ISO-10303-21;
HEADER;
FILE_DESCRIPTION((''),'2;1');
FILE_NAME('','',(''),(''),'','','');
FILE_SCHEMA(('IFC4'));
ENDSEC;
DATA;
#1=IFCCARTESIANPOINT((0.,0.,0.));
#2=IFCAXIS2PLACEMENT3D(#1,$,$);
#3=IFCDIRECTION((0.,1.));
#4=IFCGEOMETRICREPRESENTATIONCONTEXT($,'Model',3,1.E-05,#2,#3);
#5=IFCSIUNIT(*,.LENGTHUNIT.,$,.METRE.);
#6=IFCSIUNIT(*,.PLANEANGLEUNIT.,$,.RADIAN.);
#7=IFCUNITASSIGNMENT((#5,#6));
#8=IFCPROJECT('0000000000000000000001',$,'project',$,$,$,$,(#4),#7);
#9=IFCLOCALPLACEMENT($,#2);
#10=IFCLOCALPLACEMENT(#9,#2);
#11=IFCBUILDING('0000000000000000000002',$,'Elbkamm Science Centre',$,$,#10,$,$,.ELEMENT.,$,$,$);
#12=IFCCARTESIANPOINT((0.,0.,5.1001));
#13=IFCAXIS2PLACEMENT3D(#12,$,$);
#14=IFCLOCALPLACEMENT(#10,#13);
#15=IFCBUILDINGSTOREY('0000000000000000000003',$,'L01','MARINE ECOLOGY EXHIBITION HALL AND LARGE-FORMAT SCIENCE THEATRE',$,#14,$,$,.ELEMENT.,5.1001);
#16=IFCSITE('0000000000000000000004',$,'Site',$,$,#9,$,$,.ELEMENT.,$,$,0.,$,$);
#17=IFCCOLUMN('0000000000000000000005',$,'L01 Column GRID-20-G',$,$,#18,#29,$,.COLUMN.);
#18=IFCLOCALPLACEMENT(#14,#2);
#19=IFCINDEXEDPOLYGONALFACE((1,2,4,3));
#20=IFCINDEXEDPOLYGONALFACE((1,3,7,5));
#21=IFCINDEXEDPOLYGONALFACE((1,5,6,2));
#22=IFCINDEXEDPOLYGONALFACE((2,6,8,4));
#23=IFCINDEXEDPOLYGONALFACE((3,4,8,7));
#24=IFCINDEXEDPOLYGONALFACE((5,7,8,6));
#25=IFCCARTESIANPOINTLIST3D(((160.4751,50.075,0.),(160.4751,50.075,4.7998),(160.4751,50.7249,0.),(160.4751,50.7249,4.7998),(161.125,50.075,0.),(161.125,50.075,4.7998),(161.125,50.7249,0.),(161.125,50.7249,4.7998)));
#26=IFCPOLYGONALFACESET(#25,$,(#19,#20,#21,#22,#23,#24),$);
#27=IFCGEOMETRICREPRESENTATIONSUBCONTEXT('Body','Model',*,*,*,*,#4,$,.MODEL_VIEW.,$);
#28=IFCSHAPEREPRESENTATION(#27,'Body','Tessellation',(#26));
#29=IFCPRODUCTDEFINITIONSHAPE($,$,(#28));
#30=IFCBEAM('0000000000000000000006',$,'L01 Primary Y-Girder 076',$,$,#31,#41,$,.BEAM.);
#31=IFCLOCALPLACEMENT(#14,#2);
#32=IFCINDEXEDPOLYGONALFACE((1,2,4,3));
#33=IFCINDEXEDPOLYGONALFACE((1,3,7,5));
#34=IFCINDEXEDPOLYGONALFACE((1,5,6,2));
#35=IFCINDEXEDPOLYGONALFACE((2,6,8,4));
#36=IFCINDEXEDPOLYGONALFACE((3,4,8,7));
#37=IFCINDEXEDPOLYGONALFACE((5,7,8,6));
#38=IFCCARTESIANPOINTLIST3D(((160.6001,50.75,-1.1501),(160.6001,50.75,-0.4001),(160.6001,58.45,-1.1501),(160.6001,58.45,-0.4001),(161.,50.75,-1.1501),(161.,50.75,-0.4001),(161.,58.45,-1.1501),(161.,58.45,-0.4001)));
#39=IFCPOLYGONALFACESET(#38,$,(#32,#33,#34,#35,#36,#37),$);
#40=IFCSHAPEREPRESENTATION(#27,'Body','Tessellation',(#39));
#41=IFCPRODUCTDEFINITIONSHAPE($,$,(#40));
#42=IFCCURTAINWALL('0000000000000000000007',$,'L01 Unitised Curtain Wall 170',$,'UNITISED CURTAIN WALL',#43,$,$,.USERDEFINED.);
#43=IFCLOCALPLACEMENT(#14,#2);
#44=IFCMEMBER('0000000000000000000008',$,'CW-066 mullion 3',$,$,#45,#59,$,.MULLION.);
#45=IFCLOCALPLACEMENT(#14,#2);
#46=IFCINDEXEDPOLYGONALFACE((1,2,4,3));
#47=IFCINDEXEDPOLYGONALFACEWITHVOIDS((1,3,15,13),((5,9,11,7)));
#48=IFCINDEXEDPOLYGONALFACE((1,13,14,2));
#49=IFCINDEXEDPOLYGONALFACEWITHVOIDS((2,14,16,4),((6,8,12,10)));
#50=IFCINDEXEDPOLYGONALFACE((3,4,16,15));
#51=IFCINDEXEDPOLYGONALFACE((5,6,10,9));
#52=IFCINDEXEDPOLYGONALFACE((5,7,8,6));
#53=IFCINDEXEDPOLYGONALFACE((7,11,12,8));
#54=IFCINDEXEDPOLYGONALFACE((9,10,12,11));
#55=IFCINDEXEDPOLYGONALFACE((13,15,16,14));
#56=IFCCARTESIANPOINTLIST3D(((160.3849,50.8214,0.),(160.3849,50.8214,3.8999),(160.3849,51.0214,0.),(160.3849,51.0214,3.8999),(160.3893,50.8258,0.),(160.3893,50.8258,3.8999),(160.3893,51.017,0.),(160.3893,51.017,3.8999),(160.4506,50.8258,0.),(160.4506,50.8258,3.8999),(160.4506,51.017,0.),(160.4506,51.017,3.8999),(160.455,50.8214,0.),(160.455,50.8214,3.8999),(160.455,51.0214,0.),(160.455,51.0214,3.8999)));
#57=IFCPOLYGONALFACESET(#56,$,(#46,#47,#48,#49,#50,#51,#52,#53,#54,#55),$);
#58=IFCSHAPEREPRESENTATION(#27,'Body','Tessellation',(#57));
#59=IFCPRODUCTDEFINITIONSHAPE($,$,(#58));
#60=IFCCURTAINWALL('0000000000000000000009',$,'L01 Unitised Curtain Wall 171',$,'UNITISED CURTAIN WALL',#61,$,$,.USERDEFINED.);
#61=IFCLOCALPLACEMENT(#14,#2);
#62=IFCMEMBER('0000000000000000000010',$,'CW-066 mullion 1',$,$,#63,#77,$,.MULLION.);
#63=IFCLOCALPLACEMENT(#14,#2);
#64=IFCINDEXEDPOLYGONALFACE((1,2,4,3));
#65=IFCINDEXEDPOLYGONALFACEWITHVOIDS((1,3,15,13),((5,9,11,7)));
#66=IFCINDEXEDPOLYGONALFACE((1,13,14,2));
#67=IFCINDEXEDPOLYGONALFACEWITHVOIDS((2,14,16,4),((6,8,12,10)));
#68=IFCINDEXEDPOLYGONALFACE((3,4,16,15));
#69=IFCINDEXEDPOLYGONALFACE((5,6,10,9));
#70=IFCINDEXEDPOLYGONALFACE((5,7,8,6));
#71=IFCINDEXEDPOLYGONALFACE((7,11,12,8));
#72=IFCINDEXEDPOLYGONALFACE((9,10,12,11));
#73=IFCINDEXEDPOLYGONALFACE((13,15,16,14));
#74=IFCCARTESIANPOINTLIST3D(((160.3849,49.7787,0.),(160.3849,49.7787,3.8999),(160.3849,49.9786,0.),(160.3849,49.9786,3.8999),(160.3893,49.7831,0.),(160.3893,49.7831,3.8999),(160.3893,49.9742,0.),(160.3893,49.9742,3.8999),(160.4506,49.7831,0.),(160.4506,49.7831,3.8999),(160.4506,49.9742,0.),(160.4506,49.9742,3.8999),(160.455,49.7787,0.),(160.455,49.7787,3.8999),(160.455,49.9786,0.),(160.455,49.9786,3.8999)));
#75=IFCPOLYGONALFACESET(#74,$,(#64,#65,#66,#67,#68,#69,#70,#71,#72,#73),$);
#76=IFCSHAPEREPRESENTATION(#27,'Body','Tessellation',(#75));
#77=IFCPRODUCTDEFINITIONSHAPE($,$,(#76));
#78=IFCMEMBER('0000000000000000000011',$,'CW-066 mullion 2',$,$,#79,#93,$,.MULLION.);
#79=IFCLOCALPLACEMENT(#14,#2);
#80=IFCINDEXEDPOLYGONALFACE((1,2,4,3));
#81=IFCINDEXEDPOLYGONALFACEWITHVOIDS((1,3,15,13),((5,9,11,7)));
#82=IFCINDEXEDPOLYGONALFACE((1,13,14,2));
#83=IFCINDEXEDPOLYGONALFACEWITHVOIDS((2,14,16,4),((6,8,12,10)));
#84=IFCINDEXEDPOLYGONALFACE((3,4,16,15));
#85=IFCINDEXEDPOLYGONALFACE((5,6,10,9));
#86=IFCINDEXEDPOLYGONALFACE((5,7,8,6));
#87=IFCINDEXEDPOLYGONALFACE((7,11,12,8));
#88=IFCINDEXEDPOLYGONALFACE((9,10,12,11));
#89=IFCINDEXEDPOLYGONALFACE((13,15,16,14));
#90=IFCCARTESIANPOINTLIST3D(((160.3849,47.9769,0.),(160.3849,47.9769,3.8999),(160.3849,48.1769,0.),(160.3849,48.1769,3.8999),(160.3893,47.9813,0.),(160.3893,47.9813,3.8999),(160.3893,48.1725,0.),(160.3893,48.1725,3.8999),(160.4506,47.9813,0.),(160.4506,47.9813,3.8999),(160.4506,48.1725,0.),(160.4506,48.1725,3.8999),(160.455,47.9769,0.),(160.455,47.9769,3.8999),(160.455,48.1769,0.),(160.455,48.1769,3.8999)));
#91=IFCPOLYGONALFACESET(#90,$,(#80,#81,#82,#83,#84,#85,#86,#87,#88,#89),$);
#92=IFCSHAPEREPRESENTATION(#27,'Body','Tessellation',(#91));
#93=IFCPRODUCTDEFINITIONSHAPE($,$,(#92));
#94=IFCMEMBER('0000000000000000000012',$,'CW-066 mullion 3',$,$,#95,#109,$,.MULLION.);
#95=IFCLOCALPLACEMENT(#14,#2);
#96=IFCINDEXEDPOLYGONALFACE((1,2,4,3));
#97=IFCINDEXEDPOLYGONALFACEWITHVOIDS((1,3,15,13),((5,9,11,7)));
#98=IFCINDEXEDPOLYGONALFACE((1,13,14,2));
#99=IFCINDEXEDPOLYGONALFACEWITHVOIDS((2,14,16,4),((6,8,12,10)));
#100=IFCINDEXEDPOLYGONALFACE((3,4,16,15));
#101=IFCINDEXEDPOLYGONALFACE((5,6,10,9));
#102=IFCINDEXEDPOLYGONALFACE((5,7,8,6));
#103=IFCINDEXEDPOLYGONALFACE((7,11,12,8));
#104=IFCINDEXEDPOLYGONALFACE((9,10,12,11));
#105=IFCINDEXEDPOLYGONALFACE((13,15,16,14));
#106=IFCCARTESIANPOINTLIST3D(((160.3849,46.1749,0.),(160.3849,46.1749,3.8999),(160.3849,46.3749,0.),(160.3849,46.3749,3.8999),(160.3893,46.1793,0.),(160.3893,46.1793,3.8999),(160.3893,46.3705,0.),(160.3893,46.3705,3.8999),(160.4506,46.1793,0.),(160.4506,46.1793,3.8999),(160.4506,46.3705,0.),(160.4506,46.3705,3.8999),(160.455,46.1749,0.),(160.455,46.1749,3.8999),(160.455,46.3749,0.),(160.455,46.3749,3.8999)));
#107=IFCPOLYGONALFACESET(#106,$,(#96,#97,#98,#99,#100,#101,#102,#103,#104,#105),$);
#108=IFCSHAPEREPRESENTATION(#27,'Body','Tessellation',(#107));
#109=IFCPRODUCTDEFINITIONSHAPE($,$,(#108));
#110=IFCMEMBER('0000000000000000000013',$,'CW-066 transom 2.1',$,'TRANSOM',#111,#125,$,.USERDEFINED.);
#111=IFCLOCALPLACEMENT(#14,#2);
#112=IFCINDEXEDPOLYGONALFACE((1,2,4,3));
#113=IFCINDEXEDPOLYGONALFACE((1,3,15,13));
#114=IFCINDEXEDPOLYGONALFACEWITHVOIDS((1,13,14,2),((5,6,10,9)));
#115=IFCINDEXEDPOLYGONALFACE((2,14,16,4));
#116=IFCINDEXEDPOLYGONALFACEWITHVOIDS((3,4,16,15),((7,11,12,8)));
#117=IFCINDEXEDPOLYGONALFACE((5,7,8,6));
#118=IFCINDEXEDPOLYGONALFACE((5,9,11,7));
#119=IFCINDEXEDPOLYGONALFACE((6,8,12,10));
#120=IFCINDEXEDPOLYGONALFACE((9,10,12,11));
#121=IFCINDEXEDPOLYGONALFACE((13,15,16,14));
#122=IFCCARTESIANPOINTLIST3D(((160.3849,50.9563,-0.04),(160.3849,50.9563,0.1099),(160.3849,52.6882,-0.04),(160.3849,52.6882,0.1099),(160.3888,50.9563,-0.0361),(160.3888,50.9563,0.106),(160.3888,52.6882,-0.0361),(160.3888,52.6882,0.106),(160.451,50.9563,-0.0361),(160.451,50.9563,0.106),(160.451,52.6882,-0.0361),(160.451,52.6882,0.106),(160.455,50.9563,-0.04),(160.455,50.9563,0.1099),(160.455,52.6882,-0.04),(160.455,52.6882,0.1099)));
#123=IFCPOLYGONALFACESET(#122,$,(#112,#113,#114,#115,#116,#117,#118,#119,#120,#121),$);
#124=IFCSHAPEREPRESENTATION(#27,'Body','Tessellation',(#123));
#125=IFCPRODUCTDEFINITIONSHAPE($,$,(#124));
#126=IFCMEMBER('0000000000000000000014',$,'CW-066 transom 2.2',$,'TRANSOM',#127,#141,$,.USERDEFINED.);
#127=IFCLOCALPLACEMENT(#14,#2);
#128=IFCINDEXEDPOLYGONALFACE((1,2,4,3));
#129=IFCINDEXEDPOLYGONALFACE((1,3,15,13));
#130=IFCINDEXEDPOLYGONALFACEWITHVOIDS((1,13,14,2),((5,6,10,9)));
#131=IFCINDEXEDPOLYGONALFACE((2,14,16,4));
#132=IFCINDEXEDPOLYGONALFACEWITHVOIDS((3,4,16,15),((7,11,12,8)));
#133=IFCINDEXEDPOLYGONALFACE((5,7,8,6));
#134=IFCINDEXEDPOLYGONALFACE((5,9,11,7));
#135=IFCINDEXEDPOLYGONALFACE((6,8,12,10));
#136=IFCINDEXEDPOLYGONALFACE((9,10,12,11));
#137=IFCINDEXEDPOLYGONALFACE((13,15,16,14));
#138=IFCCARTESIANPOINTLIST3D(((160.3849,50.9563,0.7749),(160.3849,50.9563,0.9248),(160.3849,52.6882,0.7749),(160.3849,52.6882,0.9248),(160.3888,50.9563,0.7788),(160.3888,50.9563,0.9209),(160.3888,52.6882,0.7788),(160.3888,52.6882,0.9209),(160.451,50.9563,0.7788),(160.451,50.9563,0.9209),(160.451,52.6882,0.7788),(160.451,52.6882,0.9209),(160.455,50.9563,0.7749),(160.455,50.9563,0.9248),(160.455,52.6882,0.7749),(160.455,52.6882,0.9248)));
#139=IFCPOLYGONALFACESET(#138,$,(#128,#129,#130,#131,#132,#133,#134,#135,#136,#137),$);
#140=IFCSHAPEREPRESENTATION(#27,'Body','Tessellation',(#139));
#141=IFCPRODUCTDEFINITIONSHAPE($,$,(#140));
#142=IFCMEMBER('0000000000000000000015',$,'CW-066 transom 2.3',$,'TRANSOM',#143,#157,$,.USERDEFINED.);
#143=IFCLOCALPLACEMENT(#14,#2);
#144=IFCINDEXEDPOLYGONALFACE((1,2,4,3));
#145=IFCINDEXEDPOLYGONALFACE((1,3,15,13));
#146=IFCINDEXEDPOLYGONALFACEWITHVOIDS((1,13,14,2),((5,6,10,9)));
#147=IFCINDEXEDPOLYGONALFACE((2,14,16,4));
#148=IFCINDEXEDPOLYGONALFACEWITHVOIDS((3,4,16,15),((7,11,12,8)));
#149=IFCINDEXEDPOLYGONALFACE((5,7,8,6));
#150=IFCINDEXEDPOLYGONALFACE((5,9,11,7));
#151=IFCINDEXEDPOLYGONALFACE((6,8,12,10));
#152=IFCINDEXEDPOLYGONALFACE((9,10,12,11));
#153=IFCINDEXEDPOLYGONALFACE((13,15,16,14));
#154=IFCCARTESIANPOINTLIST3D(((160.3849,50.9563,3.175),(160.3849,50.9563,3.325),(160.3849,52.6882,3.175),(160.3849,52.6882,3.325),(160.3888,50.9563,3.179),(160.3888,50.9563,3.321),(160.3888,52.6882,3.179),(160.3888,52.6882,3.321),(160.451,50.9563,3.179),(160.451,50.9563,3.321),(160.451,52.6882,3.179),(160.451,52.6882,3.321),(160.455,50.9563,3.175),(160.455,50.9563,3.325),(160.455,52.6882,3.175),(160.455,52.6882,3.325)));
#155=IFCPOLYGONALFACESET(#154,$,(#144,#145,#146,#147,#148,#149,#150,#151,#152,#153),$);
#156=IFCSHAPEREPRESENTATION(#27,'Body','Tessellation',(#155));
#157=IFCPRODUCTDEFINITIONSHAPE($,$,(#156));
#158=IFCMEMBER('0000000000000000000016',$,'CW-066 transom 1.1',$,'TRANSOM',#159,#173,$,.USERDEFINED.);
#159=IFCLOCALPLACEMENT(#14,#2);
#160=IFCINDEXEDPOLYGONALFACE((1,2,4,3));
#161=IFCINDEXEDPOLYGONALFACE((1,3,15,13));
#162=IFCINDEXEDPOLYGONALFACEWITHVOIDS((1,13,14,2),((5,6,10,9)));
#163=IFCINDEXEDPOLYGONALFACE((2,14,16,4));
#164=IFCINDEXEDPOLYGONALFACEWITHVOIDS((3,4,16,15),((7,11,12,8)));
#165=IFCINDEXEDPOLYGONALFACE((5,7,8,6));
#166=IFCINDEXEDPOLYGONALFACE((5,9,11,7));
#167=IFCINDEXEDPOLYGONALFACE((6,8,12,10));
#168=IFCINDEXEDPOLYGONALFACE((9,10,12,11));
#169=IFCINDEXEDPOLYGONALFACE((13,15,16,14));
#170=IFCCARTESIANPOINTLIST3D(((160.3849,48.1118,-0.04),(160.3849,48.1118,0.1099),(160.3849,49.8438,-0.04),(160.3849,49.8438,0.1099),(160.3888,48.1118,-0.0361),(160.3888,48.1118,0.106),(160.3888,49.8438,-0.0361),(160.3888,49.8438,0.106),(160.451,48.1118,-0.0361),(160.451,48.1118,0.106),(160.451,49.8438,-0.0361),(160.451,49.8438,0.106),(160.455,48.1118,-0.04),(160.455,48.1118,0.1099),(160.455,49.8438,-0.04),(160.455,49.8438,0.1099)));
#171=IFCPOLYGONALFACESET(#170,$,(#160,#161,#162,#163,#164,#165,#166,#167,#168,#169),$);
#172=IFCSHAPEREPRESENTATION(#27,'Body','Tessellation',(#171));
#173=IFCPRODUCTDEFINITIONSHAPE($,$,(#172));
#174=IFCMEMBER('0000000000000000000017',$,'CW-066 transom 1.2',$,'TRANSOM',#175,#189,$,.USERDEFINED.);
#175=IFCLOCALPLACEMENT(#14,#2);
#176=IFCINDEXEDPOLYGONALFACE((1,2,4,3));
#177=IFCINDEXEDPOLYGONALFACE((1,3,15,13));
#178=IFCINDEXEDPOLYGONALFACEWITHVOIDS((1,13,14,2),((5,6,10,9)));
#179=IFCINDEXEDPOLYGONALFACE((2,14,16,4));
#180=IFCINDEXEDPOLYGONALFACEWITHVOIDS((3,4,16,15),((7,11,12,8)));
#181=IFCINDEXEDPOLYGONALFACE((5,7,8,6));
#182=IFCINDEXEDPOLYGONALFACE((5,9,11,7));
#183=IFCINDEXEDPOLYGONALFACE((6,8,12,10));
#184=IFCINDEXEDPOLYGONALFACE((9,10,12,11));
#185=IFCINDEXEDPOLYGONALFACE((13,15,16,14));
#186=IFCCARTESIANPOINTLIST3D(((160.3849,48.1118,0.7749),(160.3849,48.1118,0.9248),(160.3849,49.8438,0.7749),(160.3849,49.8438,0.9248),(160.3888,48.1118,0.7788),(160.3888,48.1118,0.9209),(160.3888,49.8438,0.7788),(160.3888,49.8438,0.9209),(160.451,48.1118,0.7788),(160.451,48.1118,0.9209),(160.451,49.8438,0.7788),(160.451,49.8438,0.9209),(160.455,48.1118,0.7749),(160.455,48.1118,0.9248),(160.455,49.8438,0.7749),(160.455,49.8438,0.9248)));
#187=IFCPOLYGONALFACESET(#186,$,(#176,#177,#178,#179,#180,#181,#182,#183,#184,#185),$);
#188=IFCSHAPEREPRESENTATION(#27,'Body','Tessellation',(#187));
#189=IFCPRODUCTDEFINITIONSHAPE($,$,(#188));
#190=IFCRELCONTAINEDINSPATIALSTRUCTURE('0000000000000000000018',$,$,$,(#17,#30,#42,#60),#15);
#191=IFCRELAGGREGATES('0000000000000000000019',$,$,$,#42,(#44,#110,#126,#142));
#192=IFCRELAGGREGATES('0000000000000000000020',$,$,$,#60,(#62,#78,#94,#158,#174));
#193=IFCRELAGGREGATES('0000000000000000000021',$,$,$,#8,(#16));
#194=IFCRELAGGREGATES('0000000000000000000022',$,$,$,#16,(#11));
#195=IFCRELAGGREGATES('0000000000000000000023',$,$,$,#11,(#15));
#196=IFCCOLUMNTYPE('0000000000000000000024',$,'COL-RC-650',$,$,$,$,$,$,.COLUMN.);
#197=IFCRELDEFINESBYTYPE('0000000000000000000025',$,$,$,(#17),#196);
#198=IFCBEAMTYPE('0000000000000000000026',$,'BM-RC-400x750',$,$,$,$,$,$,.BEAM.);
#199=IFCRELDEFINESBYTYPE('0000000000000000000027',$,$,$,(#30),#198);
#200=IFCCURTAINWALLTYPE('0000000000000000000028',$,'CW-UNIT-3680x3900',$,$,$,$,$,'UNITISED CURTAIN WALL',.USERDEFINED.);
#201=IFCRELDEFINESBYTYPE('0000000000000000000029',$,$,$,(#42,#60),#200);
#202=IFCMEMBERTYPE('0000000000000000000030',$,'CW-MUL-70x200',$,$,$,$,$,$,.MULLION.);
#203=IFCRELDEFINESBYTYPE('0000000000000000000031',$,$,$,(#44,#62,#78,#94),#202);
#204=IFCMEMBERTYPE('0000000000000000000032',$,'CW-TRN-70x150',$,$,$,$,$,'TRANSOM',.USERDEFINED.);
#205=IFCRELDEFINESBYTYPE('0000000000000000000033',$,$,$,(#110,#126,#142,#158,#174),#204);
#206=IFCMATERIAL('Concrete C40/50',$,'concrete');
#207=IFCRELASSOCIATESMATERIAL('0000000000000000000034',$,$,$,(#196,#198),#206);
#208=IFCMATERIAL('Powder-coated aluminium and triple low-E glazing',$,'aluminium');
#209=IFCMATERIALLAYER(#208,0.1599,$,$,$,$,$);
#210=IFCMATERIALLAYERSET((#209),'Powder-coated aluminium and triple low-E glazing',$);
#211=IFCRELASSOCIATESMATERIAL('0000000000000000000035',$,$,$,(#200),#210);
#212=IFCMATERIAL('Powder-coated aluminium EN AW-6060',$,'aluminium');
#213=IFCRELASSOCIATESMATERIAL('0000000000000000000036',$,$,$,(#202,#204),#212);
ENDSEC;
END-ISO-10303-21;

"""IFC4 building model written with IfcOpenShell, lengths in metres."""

from ifc_helpers import new_model, si_unit, direction, frame, origin, origin_2d, place, context, subcontext, project, spatial, rectangle, hollow_rectangle, extrude, material, layer, layer_set, material_profile, profile_set, type_object, element, aggregate, save


model = new_model("IFC4")

# Units and contexts
model_context = context("Model", 3, precision=1e-05, world=origin(), true_north=direction((0.0, 1.0)))
body_context = subcontext(model_context, "Body", "Model", "MODEL_VIEW")
ifc_project = project(units=[si_unit("LENGTHUNIT", "METRE"), si_unit("PLANEANGLEUNIT", "RADIAN")], contexts=[model_context])

# Site, building, storey
site_placement = place(None, origin())
site = spatial("IfcSite", under=ifc_project, at=site_placement, Name="Site", CompositionType="ELEMENT", RefElevation=0.0)
building_placement = place(site_placement, origin())
building = spatial("IfcBuilding", under=site, at=building_placement, Name="Elbkamm Science Centre", CompositionType="ELEMENT")
storey_placement = place(building_placement, frame((0.0, 0.0, 5.1001)))
storey = spatial("IfcBuildingStorey", under=building, at=storey_placement, Name="L01", Description="MARINE ECOLOGY EXHIBITION HALL AND LARGE-FORMAT SCIENCE THEATRE", CompositionType="ELEMENT", Elevation=5.1001)

# Column
ifc_material_1 = material(Name="Concrete C40/50", Category="concrete")
ifc_material_profile_1 = material_profile(ifc_material_1, rectangle(XDim=0.6499, YDim=0.6499, at=origin_2d()), Name="RC 650x650")
ifc_profile_set_1 = profile_set([ifc_material_profile_1], Name="Concrete C40/50")
column_type = type_object("IfcColumnType", Name="COL-RC-650", PredefinedType="COLUMN", material=ifc_profile_set_1)
column_placement = place(storey_placement, frame((160.8, 50.3999, 0.0), z_axis=(0.0, 0.0, 1.0), x_axis=(1.0, 0.0, 0.0)))
element("IfcColumn", 1, at=column_placement, inside=storey, type_object=column_type, Name="L01 Column GRID-20-G", PredefinedType="COLUMN", context=body_context, shape_type="SweptSolid", body=[
    extrude(rectangle(XDim=0.6499, YDim=0.6499, at=origin_2d()), origin(), (0.0, 0.0, 1.0), 4.7998),
])

# Beam
ifc_material_profile_2 = material_profile(ifc_material_1, rectangle(XDim=0.3999, YDim=0.75, at=origin_2d()), Name="RC 400x750")
ifc_profile_set_2 = profile_set([ifc_material_profile_2], Name="Concrete C40/50")
beam_type = type_object("IfcBeamType", Name="BM-RC-400x750", PredefinedType="BEAM", material=ifc_profile_set_2)
beam_placement = place(storey_placement, frame((160.8, 50.75, -0.7751), z_axis=(0.0, 1.0, 0.0), x_axis=(-1.0, 0.0, 0.0)))
element("IfcBeam", 2, at=beam_placement, inside=storey, type_object=beam_type, Name="L01 Primary Y-Girder 076", PredefinedType="BEAM", context=body_context, shape_type="SweptSolid", body=[
    extrude(rectangle(XDim=0.3999, YDim=0.75, at=origin_2d()), origin(), (0.0, 0.0, 1.0), 7.7),
])

# Curtain wall, member
ifc_material_2 = material(Name="Powder-coated aluminium and triple low-E glazing", Category="aluminium")
ifc_layer_1 = layer(ifc_material_2, 0.1599)
ifc_layer_set_1 = layer_set([ifc_layer_1], Name="Powder-coated aluminium and triple low-E glazing")
curtain_wall_type = type_object("IfcCurtainWallType", Name="CW-UNIT-3680x3900", ElementType="UNITISED CURTAIN WALL", PredefinedType="USERDEFINED", material=ifc_layer_set_1)
curtain_wall_1_placement = place(storey_placement, origin())
curtain_wall_1 = element("IfcCurtainWall", 3, at=curtain_wall_1_placement, inside=storey, type_object=curtain_wall_type, Name="L01 Unitised Curtain Wall 170", ObjectType="UNITISED CURTAIN WALL", PredefinedType="USERDEFINED")
ifc_material_3 = material(Name="Powder-coated aluminium EN AW-6060", Category="aluminium")
ifc_material_profile_3 = material_profile(ifc_material_3, hollow_rectangle(XDim=0.0701, YDim=0.2, WallThickness=0.0044, at=origin_2d()), Name="ALU M70x200")
ifc_profile_set_3 = profile_set([ifc_material_profile_3], Name="Powder-coated aluminium EN AW-6060")
member_type_1 = type_object("IfcMemberType", Name="CW-MUL-70x200", PredefinedType="MULLION", material=ifc_profile_set_3)
member_1_placement = place(storey_placement, frame((160.4199, 50.9214, 0.0), z_axis=(0.0, 0.0, 1.0), x_axis=(1.0, 0.0, 0.0)))
member_1 = element("IfcMember", 4, at=member_1_placement, type_object=member_type_1, Name="CW-066 mullion 3", PredefinedType="MULLION", context=body_context, shape_type="SweptSolid", body=[
    extrude(hollow_rectangle(XDim=0.0701, YDim=0.2, WallThickness=0.0044, at=origin_2d()), origin(), (0.0, 0.0, 1.0), 3.8999),
])

# Curtain wall, members
curtain_wall_2_placement = place(storey_placement, origin())
curtain_wall_2 = element("IfcCurtainWall", 5, at=curtain_wall_2_placement, inside=storey, type_object=curtain_wall_type, Name="L01 Unitised Curtain Wall 171", ObjectType="UNITISED CURTAIN WALL", PredefinedType="USERDEFINED")
member_2_placement = place(storey_placement, frame((160.4199, 49.8787, 0.0), z_axis=(0.0, 0.0, 1.0), x_axis=(1.0, 0.0, 0.0)))
member_2 = element("IfcMember", 6, at=member_2_placement, type_object=member_type_1, Name="CW-066 mullion 1", PredefinedType="MULLION", context=body_context, shape_type="SweptSolid", body=[
    extrude(hollow_rectangle(XDim=0.0701, YDim=0.2, WallThickness=0.0044, at=origin_2d()), origin(), (0.0, 0.0, 1.0), 3.8999),
])
member_3_placement = place(storey_placement, frame((160.4199, 48.0769, 0.0), z_axis=(0.0, 0.0, 1.0), x_axis=(1.0, 0.0, 0.0)))
member_3 = element("IfcMember", 7, at=member_3_placement, type_object=member_type_1, Name="CW-066 mullion 2", PredefinedType="MULLION", context=body_context, shape_type="SweptSolid", body=[
    extrude(hollow_rectangle(XDim=0.0701, YDim=0.2, WallThickness=0.0044, at=origin_2d()), origin(), (0.0, 0.0, 1.0), 3.8999),
])
member_4_placement = place(storey_placement, frame((160.4199, 46.2749, 0.0), z_axis=(0.0, 0.0, 1.0), x_axis=(1.0, 0.0, 0.0)))
member_4 = element("IfcMember", 8, at=member_4_placement, type_object=member_type_1, Name="CW-066 mullion 3", PredefinedType="MULLION", context=body_context, shape_type="SweptSolid", body=[
    extrude(hollow_rectangle(XDim=0.0701, YDim=0.2, WallThickness=0.0044, at=origin_2d()), origin(), (0.0, 0.0, 1.0), 3.8999),
])

# Members
ifc_material_profile_4 = material_profile(ifc_material_3, hollow_rectangle(XDim=0.0701, YDim=0.1499, WallThickness=0.0039, at=origin_2d()), Name="ALU T70x150")
ifc_profile_set_4 = profile_set([ifc_material_profile_4], Name="Powder-coated aluminium EN AW-6060")
member_type_2 = type_object("IfcMemberType", Name="CW-TRN-70x150", ElementType="TRANSOM", PredefinedType="USERDEFINED", material=ifc_profile_set_4)
member_5_placement = place(storey_placement, frame((160.4199, 52.6882, 0.0349), z_axis=(0.0, -1.0, 0.0), x_axis=(1.0, 0.0, 0.0)))
member_5 = element("IfcMember", 9, at=member_5_placement, type_object=member_type_2, Name="CW-066 transom 2.1", ObjectType="TRANSOM", PredefinedType="USERDEFINED", context=body_context, shape_type="SweptSolid", body=[
    extrude(hollow_rectangle(XDim=0.0701, YDim=0.1499, WallThickness=0.0039, at=origin_2d()), origin(), (0.0, 0.0, 1.0), 1.7319),
])
member_6_placement = place(storey_placement, frame((160.4199, 52.6882, 0.8499), z_axis=(0.0, -1.0, 0.0), x_axis=(1.0, 0.0, 0.0)))
member_6 = element("IfcMember", 10, at=member_6_placement, type_object=member_type_2, Name="CW-066 transom 2.2", ObjectType="TRANSOM", PredefinedType="USERDEFINED", context=body_context, shape_type="SweptSolid", body=[
    extrude(hollow_rectangle(XDim=0.0701, YDim=0.1499, WallThickness=0.0039, at=origin_2d()), origin(), (0.0, 0.0, 1.0), 1.7319),
])
member_7_placement = place(storey_placement, frame((160.4199, 52.6882, 3.25), z_axis=(0.0, -1.0, 0.0), x_axis=(1.0, 0.0, 0.0)))
member_7 = element("IfcMember", 11, at=member_7_placement, type_object=member_type_2, Name="CW-066 transom 2.3", ObjectType="TRANSOM", PredefinedType="USERDEFINED", context=body_context, shape_type="SweptSolid", body=[
    extrude(hollow_rectangle(XDim=0.0701, YDim=0.1499, WallThickness=0.0039, at=origin_2d()), origin(), (0.0, 0.0, 1.0), 1.7319),
])
member_8_placement = place(storey_placement, frame((160.4199, 49.8438, 0.0349), z_axis=(0.0, -1.0, 0.0), x_axis=(1.0, 0.0, 0.0)))
member_8 = element("IfcMember", 12, at=member_8_placement, type_object=member_type_2, Name="CW-066 transom 1.1", ObjectType="TRANSOM", PredefinedType="USERDEFINED", context=body_context, shape_type="SweptSolid", body=[
    extrude(hollow_rectangle(XDim=0.0701, YDim=0.1499, WallThickness=0.0039, at=origin_2d()), origin(), (0.0, 0.0, 1.0), 1.7319),
])
member_9_placement = place(storey_placement, frame((160.4199, 49.8438, 0.8499), z_axis=(0.0, -1.0, 0.0), x_axis=(1.0, 0.0, 0.0)))
member_9 = element("IfcMember", 13, at=member_9_placement, type_object=member_type_2, Name="CW-066 transom 1.2", ObjectType="TRANSOM", PredefinedType="USERDEFINED", context=body_context, shape_type="SweptSolid", body=[
    extrude(hollow_rectangle(XDim=0.0701, YDim=0.1499, WallThickness=0.0039, at=origin_2d()), origin(), (0.0, 0.0, 1.0), 1.7319),
])

aggregate(curtain_wall_1, [member_1, member_5, member_6, member_7])
aggregate(curtain_wall_2, [member_2, member_3, member_4, member_8, member_9])

save(model, "model.ifc")
